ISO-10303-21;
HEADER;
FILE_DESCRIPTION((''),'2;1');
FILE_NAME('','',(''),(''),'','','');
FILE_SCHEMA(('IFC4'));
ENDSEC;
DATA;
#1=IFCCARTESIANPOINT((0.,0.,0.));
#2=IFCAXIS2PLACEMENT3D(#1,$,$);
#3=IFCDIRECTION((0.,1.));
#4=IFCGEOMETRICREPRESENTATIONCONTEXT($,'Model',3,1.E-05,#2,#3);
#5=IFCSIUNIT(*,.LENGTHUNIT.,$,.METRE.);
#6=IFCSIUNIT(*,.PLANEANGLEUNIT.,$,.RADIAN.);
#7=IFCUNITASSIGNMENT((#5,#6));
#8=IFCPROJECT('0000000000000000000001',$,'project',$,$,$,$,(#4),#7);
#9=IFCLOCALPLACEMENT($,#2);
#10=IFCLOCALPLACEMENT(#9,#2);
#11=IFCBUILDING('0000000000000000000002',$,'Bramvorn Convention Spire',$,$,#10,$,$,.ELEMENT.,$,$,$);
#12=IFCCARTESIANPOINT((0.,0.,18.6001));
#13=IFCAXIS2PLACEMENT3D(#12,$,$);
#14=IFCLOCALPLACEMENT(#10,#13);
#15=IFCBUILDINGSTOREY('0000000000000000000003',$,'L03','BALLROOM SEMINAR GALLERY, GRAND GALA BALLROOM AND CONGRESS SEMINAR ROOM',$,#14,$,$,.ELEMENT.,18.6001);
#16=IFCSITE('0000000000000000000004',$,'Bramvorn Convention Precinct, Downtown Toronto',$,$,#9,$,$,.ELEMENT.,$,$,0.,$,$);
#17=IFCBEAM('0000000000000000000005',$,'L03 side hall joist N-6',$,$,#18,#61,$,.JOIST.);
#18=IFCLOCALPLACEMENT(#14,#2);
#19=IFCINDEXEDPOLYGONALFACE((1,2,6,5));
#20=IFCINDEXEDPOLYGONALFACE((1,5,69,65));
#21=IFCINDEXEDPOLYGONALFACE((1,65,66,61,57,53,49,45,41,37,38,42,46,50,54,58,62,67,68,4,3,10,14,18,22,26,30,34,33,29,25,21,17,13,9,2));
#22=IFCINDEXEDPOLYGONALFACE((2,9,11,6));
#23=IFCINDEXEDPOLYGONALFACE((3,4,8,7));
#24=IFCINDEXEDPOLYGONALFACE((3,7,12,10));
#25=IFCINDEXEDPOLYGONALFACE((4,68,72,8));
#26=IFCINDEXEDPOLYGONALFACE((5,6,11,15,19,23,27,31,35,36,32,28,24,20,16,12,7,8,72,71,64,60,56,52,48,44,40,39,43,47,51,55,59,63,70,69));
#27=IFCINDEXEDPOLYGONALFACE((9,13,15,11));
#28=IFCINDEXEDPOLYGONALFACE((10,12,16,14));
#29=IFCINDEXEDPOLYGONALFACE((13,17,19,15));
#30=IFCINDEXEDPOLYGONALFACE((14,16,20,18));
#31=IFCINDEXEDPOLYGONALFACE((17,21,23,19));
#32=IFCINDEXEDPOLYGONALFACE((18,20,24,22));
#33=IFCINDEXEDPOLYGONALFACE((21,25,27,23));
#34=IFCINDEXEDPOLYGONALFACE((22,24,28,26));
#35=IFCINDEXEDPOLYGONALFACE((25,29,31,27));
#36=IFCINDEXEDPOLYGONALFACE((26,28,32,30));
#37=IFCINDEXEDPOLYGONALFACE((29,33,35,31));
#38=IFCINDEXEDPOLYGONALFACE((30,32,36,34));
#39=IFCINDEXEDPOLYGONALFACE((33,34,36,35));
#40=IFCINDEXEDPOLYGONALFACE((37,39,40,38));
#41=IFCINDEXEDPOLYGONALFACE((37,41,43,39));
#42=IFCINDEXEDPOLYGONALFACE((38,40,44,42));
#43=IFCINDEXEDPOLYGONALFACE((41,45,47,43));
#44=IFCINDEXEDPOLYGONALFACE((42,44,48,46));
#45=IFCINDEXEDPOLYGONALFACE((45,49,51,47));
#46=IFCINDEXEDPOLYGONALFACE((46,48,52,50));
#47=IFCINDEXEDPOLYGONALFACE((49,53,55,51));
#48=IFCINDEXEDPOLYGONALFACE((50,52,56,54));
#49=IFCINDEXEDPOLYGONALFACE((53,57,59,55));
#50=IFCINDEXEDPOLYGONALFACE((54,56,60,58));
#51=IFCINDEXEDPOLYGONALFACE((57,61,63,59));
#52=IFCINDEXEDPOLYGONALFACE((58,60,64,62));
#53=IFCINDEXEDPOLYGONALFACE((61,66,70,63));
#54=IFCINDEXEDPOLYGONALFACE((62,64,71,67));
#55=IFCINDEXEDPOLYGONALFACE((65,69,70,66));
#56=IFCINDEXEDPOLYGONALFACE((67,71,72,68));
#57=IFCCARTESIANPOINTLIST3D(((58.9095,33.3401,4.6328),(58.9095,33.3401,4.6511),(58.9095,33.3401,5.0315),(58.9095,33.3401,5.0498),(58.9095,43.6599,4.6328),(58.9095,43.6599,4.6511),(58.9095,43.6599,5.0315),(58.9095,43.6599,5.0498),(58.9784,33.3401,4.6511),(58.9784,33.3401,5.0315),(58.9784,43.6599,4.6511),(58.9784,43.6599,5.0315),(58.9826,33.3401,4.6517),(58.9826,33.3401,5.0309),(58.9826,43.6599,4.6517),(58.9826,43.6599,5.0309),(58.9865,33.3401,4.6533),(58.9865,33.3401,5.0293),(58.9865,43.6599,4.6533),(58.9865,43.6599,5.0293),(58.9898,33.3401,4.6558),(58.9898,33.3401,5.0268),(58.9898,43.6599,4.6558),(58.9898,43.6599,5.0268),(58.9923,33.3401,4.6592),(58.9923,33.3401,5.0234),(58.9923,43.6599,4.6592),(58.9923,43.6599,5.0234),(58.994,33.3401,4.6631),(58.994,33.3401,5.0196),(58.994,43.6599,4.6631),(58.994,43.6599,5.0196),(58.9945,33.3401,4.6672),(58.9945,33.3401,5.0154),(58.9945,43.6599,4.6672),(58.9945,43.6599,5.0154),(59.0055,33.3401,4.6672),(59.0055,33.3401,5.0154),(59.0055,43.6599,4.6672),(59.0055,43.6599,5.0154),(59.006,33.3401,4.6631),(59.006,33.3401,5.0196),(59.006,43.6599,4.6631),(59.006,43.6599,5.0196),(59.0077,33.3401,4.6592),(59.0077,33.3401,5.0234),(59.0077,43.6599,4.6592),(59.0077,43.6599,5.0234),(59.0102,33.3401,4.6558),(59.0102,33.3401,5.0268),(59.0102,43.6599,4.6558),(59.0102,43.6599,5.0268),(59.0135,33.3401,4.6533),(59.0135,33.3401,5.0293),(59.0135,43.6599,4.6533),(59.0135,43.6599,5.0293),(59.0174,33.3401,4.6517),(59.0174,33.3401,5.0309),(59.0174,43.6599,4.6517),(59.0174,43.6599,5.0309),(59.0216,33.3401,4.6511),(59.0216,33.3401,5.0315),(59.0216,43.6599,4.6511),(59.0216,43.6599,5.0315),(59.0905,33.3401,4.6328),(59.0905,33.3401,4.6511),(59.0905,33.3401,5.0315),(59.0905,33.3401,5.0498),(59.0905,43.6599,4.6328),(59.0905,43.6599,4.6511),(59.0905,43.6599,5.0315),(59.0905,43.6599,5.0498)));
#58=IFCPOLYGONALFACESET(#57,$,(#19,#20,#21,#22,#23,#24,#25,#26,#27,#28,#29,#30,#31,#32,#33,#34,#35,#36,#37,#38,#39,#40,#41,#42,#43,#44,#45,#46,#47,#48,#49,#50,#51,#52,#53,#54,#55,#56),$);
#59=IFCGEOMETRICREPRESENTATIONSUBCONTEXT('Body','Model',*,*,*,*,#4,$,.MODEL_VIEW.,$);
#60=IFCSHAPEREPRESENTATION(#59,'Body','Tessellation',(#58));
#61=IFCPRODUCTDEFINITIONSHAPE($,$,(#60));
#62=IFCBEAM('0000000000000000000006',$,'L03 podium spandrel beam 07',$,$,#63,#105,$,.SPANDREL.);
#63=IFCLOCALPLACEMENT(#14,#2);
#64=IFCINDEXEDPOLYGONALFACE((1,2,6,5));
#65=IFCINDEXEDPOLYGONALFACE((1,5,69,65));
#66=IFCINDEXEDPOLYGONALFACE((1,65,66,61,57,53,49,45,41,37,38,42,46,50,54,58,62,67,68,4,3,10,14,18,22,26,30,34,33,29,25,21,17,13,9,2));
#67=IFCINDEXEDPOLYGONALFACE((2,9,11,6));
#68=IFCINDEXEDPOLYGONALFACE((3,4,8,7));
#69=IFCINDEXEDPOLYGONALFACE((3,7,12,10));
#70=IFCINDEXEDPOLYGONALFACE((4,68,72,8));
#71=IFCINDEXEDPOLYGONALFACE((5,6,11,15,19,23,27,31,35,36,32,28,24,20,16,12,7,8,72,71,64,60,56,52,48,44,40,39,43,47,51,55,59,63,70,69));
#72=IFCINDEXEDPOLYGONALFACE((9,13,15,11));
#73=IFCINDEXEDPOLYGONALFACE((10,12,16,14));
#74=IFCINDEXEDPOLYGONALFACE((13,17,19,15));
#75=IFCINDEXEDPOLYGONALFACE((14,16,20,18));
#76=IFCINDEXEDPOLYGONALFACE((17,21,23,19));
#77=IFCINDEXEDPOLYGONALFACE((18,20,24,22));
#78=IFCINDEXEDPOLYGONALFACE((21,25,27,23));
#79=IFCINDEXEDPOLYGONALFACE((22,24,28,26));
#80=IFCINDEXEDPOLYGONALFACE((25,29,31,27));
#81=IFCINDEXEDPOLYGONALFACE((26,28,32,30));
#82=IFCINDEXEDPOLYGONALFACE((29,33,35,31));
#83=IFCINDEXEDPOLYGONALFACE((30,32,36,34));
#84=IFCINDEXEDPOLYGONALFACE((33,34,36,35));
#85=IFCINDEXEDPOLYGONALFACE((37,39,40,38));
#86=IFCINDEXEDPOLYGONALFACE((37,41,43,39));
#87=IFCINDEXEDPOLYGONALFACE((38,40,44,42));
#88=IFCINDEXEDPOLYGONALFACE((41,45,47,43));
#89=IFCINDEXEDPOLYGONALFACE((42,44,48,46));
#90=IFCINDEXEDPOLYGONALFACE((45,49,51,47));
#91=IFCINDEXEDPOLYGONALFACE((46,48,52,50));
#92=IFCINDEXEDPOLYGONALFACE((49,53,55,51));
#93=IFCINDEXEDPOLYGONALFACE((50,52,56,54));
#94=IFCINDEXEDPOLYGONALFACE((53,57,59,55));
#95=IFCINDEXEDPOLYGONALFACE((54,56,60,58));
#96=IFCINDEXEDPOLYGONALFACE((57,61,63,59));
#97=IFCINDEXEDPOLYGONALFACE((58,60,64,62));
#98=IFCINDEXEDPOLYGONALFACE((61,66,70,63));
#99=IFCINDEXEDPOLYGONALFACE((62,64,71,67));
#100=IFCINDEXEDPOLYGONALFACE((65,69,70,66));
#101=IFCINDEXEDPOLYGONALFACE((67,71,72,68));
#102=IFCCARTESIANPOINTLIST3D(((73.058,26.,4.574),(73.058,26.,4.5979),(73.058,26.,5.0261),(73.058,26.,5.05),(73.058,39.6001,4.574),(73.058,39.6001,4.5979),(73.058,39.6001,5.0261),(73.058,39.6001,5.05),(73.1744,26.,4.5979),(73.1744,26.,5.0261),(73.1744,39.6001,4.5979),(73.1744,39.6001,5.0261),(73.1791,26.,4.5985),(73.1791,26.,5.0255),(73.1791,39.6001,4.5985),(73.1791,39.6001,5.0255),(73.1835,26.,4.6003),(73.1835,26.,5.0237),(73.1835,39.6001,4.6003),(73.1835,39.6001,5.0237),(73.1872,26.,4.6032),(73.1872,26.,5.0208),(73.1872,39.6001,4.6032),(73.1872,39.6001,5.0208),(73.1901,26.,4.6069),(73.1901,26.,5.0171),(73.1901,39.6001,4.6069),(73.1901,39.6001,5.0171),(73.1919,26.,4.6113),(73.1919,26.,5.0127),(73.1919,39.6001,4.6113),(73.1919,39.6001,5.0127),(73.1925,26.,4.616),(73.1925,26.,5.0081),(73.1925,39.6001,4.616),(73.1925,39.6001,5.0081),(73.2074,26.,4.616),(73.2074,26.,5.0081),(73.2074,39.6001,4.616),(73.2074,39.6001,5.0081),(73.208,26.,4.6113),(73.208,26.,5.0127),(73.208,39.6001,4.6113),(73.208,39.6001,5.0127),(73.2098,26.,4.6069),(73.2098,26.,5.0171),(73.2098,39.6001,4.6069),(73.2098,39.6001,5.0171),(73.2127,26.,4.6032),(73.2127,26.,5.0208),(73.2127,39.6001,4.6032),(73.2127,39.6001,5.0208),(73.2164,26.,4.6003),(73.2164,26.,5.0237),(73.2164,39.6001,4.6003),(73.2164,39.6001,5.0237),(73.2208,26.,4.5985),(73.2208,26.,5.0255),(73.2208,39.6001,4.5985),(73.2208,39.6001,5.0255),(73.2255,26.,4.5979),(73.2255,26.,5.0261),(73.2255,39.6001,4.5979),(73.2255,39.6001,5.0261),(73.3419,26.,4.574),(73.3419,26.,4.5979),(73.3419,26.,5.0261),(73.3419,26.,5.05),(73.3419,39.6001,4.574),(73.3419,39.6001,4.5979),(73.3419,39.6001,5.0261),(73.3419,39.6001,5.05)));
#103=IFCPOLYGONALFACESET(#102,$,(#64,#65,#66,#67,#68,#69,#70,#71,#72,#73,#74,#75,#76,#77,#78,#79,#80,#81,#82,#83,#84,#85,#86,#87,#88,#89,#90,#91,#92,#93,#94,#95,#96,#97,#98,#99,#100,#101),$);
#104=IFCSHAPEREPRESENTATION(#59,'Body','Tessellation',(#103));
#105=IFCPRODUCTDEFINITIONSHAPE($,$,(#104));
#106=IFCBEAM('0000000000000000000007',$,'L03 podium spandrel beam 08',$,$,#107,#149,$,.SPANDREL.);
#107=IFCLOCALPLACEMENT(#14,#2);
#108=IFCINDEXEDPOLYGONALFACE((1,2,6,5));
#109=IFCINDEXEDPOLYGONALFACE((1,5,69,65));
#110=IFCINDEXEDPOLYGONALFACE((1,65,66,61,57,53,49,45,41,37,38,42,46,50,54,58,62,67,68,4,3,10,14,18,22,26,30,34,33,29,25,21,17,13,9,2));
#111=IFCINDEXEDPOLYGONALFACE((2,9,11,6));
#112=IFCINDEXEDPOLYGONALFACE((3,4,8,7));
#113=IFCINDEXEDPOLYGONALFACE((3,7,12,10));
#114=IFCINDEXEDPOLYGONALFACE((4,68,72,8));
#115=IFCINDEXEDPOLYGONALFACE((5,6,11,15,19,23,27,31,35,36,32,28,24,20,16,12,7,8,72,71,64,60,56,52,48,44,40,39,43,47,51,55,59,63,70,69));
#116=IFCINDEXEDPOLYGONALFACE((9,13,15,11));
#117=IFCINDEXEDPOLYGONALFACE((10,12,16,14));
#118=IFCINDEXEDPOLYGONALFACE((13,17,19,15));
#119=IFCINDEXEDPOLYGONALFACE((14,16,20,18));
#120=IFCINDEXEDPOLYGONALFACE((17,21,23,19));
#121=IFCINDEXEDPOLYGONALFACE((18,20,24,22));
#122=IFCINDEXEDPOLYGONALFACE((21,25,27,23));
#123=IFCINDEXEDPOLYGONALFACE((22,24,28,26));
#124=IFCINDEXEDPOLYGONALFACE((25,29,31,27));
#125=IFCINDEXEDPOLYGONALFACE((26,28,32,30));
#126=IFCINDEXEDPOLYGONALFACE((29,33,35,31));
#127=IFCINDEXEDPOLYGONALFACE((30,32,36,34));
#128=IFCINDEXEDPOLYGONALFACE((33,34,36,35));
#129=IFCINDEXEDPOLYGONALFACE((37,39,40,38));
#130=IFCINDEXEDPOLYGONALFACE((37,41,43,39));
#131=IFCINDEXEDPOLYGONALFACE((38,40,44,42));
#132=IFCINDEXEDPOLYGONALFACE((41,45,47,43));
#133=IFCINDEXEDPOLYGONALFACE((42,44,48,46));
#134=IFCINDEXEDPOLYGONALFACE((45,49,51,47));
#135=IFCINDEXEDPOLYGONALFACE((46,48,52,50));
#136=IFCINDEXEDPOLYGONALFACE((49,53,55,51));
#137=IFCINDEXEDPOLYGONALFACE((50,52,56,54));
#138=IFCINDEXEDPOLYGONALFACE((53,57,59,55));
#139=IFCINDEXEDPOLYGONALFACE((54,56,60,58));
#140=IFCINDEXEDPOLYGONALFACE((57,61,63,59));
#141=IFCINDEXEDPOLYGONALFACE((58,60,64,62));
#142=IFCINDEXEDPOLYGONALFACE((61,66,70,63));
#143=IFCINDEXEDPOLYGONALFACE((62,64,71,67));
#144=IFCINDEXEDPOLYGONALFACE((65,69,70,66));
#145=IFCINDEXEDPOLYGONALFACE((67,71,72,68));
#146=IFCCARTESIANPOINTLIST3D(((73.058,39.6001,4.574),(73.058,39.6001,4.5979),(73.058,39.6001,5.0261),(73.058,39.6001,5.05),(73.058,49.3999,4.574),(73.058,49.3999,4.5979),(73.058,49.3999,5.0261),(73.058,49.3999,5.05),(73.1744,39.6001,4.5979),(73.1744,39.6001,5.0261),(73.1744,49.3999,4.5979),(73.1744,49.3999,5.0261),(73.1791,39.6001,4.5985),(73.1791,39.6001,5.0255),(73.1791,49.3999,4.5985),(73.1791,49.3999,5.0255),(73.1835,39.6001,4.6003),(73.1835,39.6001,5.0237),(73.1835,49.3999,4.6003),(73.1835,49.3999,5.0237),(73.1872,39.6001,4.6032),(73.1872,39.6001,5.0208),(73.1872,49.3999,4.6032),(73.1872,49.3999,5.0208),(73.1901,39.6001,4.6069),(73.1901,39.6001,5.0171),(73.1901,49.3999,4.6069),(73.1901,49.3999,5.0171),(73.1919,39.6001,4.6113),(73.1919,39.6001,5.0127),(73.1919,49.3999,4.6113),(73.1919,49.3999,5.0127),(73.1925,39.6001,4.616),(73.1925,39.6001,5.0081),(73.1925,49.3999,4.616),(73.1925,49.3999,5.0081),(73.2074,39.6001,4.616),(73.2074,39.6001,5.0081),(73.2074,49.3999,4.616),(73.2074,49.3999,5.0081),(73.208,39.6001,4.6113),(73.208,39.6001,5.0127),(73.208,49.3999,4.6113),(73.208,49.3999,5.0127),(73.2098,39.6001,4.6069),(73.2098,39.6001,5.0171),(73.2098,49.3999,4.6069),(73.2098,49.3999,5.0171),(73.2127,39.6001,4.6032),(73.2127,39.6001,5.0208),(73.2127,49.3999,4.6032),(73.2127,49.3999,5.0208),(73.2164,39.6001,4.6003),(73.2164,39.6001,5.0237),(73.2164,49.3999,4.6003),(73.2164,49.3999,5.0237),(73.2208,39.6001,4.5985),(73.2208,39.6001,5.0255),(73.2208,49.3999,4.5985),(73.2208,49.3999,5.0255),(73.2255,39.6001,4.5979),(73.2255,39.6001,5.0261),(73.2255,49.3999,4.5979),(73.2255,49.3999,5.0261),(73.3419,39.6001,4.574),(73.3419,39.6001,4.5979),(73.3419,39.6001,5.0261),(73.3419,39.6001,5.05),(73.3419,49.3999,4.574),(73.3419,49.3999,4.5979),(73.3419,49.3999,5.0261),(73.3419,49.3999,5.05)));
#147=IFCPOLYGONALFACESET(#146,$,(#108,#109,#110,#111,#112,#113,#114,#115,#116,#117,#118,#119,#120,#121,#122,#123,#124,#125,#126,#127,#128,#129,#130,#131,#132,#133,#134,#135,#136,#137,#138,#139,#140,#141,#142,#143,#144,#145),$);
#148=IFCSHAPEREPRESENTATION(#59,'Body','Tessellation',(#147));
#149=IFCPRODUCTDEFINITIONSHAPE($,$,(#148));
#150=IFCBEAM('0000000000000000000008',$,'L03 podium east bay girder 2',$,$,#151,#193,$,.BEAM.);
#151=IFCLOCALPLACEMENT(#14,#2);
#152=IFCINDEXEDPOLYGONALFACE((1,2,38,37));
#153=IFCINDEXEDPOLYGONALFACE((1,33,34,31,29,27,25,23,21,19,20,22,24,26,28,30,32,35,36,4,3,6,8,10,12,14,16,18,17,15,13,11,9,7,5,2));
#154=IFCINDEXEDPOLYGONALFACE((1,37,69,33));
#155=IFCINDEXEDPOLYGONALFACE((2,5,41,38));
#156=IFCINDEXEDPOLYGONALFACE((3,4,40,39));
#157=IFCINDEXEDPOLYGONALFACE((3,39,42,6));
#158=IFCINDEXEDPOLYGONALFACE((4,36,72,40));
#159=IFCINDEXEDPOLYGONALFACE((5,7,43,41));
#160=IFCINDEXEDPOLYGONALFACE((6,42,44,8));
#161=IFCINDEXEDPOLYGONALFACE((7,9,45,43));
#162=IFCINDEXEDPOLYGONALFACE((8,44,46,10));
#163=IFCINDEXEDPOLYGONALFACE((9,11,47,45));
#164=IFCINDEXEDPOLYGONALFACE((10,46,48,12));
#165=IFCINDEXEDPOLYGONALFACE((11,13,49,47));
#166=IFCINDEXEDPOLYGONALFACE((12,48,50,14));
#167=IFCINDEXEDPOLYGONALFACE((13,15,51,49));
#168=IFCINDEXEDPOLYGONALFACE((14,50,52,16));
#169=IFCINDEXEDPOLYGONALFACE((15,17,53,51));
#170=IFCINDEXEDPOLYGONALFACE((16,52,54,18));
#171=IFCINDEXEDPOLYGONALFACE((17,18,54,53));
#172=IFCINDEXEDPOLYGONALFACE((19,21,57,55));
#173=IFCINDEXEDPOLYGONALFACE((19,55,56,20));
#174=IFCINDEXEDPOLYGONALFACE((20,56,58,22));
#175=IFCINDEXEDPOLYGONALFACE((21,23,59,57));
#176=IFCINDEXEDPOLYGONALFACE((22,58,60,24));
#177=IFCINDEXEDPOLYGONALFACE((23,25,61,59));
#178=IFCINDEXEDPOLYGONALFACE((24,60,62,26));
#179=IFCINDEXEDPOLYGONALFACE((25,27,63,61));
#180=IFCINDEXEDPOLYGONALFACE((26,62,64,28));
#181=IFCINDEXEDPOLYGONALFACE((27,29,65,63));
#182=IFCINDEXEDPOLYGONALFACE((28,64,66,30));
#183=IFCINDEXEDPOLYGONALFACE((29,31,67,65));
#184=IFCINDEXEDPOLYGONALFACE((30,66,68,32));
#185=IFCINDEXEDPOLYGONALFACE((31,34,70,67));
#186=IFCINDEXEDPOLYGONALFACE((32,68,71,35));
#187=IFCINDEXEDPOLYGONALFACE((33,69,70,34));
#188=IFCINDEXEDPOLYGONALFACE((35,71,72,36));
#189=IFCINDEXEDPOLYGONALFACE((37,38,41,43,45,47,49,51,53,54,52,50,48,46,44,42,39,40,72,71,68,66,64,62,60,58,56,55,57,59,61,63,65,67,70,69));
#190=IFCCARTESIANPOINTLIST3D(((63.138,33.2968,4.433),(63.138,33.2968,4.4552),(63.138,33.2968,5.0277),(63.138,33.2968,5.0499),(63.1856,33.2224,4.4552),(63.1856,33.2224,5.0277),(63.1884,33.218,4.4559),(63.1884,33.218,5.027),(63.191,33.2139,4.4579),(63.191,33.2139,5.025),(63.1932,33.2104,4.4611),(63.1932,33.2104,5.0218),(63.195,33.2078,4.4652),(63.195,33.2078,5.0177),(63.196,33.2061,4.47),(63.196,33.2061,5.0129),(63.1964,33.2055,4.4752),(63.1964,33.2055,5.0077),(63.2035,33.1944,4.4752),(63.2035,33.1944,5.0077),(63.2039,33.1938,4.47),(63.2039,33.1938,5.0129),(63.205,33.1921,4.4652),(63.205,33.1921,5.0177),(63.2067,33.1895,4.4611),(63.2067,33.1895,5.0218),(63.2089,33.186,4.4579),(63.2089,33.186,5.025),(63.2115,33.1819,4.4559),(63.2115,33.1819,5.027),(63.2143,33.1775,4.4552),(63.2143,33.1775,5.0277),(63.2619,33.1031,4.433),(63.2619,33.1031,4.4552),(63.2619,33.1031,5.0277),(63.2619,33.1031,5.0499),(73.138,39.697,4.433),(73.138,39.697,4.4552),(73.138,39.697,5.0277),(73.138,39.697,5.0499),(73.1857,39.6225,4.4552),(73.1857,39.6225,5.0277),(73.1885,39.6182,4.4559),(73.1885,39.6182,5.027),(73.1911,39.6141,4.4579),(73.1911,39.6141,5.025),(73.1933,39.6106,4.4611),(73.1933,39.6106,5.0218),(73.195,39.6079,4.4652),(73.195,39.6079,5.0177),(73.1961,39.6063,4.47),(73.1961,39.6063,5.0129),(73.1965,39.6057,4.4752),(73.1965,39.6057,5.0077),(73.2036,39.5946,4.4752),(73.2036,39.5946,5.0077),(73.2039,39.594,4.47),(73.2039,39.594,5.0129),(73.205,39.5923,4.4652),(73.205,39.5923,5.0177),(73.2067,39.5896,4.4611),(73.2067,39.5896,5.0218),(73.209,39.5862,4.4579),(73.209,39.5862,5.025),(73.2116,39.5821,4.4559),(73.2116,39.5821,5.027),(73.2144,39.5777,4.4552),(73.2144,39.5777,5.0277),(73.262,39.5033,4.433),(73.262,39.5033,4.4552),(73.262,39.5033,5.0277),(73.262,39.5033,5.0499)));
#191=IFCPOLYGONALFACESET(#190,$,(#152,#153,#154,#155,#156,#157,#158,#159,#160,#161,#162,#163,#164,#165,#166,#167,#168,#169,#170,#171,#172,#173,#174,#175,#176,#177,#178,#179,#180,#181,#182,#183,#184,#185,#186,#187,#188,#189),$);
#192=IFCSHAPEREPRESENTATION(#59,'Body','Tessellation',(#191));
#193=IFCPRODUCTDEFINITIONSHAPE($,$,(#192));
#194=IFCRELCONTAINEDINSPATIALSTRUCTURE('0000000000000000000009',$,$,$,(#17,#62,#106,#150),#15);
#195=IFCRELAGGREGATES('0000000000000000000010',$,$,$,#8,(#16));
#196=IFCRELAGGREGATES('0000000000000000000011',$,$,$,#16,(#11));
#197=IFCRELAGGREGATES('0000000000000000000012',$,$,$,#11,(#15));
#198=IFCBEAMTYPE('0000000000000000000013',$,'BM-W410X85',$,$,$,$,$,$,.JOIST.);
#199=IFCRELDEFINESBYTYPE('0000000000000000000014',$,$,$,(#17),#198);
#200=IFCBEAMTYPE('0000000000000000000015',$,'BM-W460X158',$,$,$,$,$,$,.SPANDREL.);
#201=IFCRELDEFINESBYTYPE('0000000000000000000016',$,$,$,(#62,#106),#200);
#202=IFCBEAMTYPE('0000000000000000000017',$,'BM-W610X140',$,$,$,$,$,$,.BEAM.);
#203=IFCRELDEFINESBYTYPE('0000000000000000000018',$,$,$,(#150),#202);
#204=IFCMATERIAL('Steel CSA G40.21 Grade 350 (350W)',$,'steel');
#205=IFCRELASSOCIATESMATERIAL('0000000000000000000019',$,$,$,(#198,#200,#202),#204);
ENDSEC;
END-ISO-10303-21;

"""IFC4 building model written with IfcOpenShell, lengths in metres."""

from ifc_helpers import new_model, si_unit, direction, frame, origin, origin_2d, place, context, subcontext, project, spatial, i_section, extrude, material, material_profile, profile_set, type_object, element, save


model = new_model("IFC4")

# Units and contexts
model_context = context("Model", 3, precision=1e-05, world=origin(), true_north=direction((0.0, 1.0)))
body_context = subcontext(model_context, "Body", "Model", "MODEL_VIEW")
ifc_project = project(units=[si_unit("LENGTHUNIT", "METRE"), si_unit("PLANEANGLEUNIT", "RADIAN")], contexts=[model_context])

# Site, building, storey
site_placement = place(None, origin())
site = spatial("IfcSite", under=ifc_project, at=site_placement, Name="Bramvorn Convention Precinct, Downtown Toronto", CompositionType="ELEMENT", RefElevation=0.0)
building_placement = place(site_placement, origin())
building = spatial("IfcBuilding", under=site, at=building_placement, Name="Bramvorn Convention Spire", CompositionType="ELEMENT")
storey_placement = place(building_placement, frame((0.0, 0.0, 18.6001)))
storey = spatial("IfcBuildingStorey", under=building, at=storey_placement, Name="L03", Description="BALLROOM SEMINAR GALLERY, GRAND GALA BALLROOM AND CONGRESS SEMINAR ROOM", CompositionType="ELEMENT", Elevation=18.6001)

# Shared definitions
ifc_material_1 = material(Name="Steel CSA G40.21 Grade 350 (350W)", Category="steel")

# Beams
ifc_material_profile_1 = material_profile(ifc_material_1, i_section(OverallWidth=0.1809, OverallDepth=0.417, WebThickness=0.011, FlangeThickness=0.0183, FilletRadius=0.0161, at=origin_2d()))
ifc_profile_set_1 = profile_set([ifc_material_profile_1], Name="Steel CSA G40.21 Grade 350 (350W) - W410X85")
beam_type_1 = type_object("IfcBeamType", Name="BM-W410X85", PredefinedType="JOIST", material=ifc_profile_set_1)
for number, where, z_axis, x_axis, name in (
    (1, (59.0, 33.3401, 4.8413), (0.0, 1.0, 0.0), (-1.0, 0.0, 0.0), "L03 side hall joist N-6"),
):
    element("IfcBeam", number, at=place(storey_placement, frame(where, z_axis=z_axis, x_axis=x_axis)), inside=storey, type_object=beam_type_1, Name=name, PredefinedType="JOIST", context=body_context, shape_type="SweptSolid", body=[
        extrude(i_section(OverallWidth=0.1809, OverallDepth=0.417, WebThickness=0.011, FlangeThickness=0.0183, FilletRadius=0.0161, at=origin_2d()), origin(), (0.0, 0.0, 1.0), 10.3198),
    ])
ifc_material_profile_2 = material_profile(ifc_material_1, i_section(OverallWidth=0.2839, OverallDepth=0.4761, WebThickness=0.0149, FlangeThickness=0.0239, FilletRadius=0.0181, at=origin_2d()))
ifc_profile_set_2 = profile_set([ifc_material_profile_2], Name="Steel CSA G40.21 Grade 350 (350W) - W460X158")
beam_type_2 = type_object("IfcBeamType", Name="BM-W460X158", PredefinedType="SPANDREL", material=ifc_profile_set_2)
beam_1_placement = place(storey_placement, frame((73.2, 26.0, 4.812), z_axis=(0.0, 1.0, 0.0), x_axis=(-1.0, 0.0, 0.0)))
element("IfcBeam", 2, at=beam_1_placement, inside=storey, type_object=beam_type_2, Name="L03 podium spandrel beam 07", PredefinedType="SPANDREL", context=body_context, shape_type="SweptSolid", body=[
    extrude(i_section(OverallWidth=0.2839, OverallDepth=0.4761, WebThickness=0.0149, FlangeThickness=0.0239, FilletRadius=0.0181, at=origin_2d()), origin(), (0.0, 0.0, 1.0), 13.6001),
])
beam_2_placement = place(storey_placement, frame((73.2, 39.6001, 4.812), z_axis=(0.0, 1.0, 0.0), x_axis=(-1.0, 0.0, 0.0)))
element("IfcBeam", 3, at=beam_2_placement, inside=storey, type_object=beam_type_2, Name="L03 podium spandrel beam 08", PredefinedType="SPANDREL", context=body_context, shape_type="SweptSolid", body=[
    extrude(i_section(OverallWidth=0.2839, OverallDepth=0.4761, WebThickness=0.0149, FlangeThickness=0.0239, FilletRadius=0.0181, at=origin_2d()), origin(), (0.0, 0.0, 1.0), 9.7998),
])
ifc_material_profile_3 = material_profile(ifc_material_1, i_section(OverallWidth=0.23, OverallDepth=0.6169, WebThickness=0.0132, FlangeThickness=0.0222, FilletRadius=0.02, at=origin_2d()))
ifc_profile_set_3 = profile_set([ifc_material_profile_3], Name="Steel CSA G40.21 Grade 350 (350W) - W610X140")
beam_type_3 = type_object("IfcBeamType", Name="BM-W610X140", PredefinedType="BEAM", material=ifc_profile_set_3)
beam_3_placement = place(storey_placement, frame((63.2, 33.2, 4.7415), z_axis=(0.842266, 0.539062, 0.0), x_axis=(-0.539062, 0.842266, 0.0)))
element("IfcBeam", 4, at=beam_3_placement, inside=storey, type_object=beam_type_3, Name="L03 podium east bay girder 2", PredefinedType="BEAM", context=body_context, shape_type="SweptSolid", body=[
    extrude(i_section(OverallWidth=0.23, OverallDepth=0.6169, WebThickness=0.0132, FlangeThickness=0.0222, FilletRadius=0.02, at=origin_2d()), origin(), (0.0, 0.0, 1.0), 11.8728),
])

save(model, "model.ifc")
